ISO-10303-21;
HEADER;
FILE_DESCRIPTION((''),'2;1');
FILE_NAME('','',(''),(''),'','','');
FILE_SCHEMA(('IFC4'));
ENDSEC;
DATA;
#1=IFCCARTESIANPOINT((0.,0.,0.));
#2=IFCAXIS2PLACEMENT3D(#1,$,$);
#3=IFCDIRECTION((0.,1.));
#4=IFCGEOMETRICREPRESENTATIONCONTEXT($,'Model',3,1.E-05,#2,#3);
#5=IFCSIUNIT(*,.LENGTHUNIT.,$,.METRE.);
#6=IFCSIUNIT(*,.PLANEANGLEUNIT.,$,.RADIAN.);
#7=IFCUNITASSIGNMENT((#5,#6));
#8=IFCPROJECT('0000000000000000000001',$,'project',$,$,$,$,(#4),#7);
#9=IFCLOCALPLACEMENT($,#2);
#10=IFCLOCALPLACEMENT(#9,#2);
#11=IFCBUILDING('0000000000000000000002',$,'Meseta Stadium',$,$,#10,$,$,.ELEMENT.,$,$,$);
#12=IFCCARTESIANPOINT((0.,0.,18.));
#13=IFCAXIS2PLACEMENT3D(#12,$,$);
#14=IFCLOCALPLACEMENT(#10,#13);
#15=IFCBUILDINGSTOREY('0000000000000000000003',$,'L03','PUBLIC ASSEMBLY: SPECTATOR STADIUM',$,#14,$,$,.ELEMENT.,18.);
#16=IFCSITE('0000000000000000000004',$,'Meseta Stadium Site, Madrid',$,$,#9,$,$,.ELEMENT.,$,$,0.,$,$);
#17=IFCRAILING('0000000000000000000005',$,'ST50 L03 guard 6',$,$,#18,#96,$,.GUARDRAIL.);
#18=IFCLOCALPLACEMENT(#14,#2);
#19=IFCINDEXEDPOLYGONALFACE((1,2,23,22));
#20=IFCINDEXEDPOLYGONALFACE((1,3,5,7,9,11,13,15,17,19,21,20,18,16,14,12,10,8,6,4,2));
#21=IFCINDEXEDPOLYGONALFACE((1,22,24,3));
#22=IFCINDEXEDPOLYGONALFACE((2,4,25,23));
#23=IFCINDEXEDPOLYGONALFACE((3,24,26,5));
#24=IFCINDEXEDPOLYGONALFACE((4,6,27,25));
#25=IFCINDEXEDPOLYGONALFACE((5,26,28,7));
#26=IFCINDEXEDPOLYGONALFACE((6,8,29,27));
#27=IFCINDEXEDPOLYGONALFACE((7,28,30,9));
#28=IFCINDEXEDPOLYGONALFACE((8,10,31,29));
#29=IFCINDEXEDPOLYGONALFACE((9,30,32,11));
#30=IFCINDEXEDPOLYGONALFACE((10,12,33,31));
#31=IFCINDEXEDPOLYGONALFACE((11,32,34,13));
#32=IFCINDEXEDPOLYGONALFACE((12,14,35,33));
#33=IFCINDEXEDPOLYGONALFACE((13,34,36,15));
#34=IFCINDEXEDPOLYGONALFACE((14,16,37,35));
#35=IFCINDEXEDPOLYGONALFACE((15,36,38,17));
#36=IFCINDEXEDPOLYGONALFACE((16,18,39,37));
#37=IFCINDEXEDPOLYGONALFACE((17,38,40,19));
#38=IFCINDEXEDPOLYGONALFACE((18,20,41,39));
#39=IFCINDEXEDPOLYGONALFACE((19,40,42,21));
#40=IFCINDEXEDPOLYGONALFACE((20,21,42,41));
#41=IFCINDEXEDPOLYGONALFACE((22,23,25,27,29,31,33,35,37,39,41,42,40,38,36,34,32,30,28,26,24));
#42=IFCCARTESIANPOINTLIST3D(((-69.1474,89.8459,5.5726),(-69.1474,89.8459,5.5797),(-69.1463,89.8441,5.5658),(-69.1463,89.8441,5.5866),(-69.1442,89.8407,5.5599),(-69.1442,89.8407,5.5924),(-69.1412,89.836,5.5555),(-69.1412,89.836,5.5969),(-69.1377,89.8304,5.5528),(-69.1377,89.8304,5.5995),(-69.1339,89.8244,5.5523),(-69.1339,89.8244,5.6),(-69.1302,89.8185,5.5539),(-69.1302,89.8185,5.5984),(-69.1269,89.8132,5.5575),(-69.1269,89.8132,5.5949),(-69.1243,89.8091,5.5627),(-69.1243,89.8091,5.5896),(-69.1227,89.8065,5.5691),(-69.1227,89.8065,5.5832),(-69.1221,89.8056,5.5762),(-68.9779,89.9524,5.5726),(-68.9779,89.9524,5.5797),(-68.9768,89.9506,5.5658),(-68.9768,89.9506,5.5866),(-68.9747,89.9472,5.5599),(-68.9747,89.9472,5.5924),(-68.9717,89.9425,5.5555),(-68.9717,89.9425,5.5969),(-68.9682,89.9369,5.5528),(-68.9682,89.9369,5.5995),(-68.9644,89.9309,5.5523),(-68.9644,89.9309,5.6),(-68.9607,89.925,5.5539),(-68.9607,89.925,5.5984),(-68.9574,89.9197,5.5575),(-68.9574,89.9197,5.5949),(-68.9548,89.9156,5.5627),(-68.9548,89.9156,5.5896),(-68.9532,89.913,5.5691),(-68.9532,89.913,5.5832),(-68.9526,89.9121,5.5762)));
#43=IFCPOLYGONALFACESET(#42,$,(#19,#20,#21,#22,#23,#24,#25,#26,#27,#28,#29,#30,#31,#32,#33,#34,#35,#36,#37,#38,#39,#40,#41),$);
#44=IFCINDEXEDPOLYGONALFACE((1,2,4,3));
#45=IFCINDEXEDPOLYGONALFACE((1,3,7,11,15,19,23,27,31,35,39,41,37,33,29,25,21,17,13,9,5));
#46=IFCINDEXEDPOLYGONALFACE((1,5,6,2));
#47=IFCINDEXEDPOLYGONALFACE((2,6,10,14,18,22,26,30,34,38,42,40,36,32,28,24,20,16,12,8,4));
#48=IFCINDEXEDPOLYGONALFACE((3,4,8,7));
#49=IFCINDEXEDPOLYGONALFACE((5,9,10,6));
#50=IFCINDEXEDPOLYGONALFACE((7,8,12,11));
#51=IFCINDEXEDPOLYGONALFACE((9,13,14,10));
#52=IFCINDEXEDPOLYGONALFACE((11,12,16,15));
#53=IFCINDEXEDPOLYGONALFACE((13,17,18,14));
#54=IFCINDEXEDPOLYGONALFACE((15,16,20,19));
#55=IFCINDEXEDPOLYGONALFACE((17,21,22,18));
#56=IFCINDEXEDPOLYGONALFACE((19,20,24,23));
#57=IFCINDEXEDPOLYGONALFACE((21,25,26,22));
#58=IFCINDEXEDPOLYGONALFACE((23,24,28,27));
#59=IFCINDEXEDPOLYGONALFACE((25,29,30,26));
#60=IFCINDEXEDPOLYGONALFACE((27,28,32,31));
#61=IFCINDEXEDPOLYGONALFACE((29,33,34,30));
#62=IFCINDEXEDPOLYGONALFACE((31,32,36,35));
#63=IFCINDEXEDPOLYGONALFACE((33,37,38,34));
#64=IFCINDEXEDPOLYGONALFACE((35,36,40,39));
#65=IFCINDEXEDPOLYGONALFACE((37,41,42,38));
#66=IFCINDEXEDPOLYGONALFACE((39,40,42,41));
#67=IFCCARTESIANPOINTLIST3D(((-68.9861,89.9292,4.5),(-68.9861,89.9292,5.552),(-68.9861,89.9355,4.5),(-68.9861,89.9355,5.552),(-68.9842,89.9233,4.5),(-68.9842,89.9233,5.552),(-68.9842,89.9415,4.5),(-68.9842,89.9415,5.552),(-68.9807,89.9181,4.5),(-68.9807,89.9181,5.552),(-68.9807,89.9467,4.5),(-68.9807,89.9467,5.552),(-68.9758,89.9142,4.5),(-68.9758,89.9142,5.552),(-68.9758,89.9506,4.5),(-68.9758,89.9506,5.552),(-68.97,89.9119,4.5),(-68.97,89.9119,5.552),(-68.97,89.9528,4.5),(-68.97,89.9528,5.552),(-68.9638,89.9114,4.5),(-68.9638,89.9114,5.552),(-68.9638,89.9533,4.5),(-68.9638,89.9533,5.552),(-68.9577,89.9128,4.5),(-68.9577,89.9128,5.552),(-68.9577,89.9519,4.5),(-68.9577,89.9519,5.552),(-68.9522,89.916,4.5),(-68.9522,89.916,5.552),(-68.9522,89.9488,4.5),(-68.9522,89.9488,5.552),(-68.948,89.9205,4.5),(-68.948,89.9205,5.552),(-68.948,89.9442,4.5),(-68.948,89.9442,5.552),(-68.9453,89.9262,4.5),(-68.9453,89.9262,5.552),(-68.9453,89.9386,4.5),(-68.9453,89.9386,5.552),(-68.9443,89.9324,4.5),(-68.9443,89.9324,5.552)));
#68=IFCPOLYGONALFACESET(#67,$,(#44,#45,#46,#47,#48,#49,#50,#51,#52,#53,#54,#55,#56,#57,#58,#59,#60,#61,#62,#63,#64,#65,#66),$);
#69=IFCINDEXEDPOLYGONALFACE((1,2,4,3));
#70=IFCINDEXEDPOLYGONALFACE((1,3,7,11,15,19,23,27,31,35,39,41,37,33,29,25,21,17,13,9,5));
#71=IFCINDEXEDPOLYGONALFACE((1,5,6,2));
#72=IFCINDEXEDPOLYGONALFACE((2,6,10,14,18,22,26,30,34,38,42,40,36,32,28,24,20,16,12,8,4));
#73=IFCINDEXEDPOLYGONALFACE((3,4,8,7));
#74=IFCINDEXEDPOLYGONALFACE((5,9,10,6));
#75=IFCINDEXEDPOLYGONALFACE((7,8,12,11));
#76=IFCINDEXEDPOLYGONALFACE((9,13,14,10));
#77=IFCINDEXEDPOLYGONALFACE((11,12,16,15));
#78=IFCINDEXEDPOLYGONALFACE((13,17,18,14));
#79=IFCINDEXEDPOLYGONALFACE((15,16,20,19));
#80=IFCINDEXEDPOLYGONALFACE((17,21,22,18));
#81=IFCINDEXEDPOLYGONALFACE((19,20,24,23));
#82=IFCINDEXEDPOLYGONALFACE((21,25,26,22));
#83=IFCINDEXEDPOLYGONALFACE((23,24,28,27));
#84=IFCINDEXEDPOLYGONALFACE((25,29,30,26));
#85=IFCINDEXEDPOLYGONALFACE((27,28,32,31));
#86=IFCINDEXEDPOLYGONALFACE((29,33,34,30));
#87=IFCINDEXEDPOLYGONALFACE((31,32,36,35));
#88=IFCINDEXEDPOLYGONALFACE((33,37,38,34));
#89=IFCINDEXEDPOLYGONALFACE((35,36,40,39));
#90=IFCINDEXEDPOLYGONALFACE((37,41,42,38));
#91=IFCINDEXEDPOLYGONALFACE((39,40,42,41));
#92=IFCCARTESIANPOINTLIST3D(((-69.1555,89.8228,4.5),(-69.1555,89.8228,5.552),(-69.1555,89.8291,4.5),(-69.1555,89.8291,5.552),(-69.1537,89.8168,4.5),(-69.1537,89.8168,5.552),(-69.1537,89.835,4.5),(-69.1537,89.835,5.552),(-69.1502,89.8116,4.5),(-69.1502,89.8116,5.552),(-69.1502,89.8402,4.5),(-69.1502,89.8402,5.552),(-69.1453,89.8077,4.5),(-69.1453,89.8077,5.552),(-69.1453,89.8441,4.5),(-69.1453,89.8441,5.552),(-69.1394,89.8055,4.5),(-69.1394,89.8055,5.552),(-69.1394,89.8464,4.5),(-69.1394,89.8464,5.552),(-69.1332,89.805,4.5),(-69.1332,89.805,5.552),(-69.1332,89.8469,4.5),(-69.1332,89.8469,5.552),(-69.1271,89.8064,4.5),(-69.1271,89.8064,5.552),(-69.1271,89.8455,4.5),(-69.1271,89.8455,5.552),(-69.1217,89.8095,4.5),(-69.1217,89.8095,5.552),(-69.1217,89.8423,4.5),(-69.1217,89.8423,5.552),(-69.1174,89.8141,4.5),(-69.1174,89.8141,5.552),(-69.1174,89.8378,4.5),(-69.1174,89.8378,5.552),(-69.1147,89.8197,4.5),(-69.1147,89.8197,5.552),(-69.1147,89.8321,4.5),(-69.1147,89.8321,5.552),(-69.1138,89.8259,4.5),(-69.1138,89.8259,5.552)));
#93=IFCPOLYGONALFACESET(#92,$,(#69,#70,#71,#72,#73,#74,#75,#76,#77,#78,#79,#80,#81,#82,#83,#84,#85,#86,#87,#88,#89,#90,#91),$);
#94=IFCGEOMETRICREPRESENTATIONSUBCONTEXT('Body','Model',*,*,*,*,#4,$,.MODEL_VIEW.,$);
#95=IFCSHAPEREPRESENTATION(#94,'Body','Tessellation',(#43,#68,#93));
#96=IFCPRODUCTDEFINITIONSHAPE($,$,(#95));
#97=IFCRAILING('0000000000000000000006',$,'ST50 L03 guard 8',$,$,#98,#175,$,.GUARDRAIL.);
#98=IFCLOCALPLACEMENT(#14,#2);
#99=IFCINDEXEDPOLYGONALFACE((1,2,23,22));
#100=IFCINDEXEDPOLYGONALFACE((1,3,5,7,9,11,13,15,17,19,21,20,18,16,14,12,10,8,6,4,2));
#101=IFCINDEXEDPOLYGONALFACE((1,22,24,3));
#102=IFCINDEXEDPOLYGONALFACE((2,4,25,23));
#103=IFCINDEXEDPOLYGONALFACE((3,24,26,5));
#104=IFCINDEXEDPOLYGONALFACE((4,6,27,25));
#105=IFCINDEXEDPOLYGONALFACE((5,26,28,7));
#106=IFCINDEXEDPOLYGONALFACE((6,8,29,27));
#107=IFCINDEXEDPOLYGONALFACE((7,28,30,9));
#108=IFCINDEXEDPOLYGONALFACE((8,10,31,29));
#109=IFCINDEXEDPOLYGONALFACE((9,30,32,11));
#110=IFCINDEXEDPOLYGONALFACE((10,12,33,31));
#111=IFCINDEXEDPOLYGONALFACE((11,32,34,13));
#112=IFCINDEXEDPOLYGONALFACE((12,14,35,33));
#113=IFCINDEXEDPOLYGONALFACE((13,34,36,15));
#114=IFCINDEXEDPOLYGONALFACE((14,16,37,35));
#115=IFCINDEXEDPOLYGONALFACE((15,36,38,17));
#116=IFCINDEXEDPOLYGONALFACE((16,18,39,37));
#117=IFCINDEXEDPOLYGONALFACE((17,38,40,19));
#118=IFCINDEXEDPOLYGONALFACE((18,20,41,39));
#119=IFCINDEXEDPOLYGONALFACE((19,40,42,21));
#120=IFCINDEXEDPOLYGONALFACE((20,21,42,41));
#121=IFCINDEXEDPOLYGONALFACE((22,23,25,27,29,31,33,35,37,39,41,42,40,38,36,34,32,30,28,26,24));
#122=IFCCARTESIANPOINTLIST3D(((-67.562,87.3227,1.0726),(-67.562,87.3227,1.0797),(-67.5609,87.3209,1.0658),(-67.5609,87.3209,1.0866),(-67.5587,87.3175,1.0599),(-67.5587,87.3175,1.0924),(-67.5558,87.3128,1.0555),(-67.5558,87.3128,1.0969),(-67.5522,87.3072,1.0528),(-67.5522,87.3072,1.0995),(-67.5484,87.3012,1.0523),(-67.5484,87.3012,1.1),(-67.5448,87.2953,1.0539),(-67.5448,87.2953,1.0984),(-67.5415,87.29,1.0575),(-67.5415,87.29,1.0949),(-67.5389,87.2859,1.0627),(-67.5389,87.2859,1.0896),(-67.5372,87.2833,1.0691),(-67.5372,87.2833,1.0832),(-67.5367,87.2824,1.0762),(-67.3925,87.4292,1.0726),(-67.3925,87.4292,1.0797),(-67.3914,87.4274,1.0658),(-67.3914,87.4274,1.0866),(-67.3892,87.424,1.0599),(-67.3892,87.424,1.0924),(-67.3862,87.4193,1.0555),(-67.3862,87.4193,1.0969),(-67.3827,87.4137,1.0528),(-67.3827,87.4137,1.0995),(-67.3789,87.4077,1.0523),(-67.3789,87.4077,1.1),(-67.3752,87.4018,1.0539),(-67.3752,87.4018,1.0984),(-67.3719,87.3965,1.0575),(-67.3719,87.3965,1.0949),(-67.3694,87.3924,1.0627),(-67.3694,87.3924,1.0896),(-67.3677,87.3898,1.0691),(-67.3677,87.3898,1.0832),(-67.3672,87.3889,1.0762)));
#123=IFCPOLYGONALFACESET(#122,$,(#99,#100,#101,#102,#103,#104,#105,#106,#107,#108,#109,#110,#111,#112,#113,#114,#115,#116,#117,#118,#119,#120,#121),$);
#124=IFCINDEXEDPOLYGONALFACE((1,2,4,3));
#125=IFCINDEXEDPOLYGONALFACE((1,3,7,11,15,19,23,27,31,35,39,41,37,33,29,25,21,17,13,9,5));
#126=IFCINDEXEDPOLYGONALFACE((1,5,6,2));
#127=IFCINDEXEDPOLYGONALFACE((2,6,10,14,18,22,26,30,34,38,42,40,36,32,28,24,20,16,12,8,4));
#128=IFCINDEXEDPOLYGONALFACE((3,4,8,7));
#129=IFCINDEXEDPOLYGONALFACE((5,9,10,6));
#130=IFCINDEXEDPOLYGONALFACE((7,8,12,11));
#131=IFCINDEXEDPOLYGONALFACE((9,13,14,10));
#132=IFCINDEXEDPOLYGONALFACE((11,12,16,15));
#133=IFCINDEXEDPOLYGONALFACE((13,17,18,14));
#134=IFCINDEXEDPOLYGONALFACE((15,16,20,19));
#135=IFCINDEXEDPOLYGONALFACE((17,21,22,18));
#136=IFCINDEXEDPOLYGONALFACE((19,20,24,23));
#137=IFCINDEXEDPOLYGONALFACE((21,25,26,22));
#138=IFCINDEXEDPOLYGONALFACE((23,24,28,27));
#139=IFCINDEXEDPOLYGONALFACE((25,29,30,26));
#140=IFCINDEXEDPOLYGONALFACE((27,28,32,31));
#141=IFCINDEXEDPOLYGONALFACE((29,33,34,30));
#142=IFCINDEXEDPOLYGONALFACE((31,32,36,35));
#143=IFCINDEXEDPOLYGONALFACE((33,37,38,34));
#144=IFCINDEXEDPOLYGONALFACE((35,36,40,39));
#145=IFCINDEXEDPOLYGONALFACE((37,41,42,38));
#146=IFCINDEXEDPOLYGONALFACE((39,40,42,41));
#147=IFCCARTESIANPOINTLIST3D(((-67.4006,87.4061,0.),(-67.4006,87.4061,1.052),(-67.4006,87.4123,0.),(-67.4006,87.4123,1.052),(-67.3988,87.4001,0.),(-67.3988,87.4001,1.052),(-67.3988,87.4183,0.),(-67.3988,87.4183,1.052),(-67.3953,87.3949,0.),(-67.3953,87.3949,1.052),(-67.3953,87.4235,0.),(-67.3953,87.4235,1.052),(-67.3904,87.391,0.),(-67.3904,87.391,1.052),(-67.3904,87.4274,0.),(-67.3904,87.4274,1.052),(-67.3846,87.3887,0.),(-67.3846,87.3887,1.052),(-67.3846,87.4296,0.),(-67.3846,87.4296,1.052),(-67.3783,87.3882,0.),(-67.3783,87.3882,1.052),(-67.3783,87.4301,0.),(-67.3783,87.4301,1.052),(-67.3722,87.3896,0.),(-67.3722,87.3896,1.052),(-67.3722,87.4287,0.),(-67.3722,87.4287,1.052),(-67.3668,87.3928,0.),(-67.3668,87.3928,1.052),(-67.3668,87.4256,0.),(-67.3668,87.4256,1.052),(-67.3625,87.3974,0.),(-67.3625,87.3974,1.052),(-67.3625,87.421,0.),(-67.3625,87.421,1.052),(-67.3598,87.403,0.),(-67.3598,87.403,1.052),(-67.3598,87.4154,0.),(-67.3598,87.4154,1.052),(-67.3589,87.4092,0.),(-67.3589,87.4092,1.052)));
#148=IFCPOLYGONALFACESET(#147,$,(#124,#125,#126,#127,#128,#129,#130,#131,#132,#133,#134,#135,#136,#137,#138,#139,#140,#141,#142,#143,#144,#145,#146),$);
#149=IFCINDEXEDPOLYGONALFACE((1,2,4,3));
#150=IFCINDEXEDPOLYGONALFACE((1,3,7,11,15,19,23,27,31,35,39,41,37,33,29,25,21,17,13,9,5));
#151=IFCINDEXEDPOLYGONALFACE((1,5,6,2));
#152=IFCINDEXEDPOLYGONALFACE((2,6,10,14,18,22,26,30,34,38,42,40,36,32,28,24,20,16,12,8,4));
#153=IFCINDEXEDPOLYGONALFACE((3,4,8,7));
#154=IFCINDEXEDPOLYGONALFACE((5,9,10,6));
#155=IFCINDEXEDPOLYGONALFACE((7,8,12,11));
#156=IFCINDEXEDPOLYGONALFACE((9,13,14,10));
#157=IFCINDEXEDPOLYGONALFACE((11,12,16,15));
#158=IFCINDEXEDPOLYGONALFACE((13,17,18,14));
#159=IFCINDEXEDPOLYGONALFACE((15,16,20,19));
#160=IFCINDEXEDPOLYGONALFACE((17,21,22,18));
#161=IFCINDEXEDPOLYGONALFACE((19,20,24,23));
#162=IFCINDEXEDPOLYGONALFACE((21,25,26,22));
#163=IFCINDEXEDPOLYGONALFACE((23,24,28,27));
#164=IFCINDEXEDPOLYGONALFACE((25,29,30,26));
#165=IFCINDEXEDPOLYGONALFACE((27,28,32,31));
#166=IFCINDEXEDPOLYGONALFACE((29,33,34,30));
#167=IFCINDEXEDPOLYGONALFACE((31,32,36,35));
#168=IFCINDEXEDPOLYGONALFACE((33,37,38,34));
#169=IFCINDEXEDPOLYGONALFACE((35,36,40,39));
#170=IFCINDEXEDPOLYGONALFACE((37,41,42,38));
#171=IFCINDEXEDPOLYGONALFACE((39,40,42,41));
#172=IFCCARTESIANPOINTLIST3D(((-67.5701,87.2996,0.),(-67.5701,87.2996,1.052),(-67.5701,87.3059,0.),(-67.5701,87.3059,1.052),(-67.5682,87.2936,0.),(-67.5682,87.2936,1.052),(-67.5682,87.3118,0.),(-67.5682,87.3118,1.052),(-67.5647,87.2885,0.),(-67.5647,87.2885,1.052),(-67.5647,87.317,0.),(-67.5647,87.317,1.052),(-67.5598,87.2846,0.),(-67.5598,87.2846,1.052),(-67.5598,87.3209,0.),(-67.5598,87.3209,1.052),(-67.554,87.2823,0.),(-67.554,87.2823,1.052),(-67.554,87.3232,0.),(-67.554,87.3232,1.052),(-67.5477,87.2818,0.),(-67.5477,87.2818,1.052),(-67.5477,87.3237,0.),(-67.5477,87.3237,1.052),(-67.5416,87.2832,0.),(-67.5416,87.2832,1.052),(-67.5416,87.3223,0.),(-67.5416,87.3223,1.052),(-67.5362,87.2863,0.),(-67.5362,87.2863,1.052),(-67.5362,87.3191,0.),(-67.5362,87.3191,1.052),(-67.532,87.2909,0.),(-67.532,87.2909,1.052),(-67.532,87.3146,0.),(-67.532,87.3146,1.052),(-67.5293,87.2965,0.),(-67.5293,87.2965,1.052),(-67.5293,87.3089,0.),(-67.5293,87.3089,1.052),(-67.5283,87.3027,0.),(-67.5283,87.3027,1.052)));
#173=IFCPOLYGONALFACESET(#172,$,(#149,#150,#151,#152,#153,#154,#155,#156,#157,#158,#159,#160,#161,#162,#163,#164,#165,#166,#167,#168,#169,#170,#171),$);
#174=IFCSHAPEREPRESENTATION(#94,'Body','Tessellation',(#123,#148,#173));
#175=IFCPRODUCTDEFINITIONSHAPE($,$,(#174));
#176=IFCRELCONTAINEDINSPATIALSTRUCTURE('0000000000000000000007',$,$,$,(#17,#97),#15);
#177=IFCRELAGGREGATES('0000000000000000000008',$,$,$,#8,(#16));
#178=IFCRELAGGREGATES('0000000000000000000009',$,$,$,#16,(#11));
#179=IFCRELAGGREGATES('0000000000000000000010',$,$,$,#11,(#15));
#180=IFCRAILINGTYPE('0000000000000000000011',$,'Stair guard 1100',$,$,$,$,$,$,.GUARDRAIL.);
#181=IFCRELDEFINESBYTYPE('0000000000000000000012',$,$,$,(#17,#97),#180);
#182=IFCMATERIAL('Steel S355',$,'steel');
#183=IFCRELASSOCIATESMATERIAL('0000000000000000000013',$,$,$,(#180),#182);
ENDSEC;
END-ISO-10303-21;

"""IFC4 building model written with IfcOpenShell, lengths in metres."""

from ifc_helpers import new_model, si_unit, direction, frame, origin, origin_2d, place, context, subcontext, project, spatial, circle, extrude, material, type_object, element, save


model = new_model("IFC4")

# Units and contexts
model_context = context("Model", 3, precision=1e-05, world=origin(), true_north=direction((0.0, 1.0)))
body_context = subcontext(model_context, "Body", "Model", "MODEL_VIEW")
ifc_project = project(units=[si_unit("LENGTHUNIT", "METRE"), si_unit("PLANEANGLEUNIT", "RADIAN")], contexts=[model_context])

# Site, building, storey
site_placement = place(None, origin())
site = spatial("IfcSite", under=ifc_project, at=site_placement, Name="Meseta Stadium Site, Madrid", CompositionType="ELEMENT", RefElevation=0.0)
building_placement = place(site_placement, origin())
building = spatial("IfcBuilding", under=site, at=building_placement, Name="Meseta Stadium", CompositionType="ELEMENT")
storey_placement = place(building_placement, frame((0.0, 0.0, 18.0)))
storey = spatial("IfcBuildingStorey", under=building, at=storey_placement, Name="L03", Description="PUBLIC ASSEMBLY: SPECTATOR STADIUM", CompositionType="ELEMENT", Elevation=18.0)

# Railings
ifc_material_1 = material(Name="Steel S355", Category="steel")
railing_type_1 = type_object("IfcRailingType", Name="Stair guard 1100", PredefinedType="GUARDRAIL", material=ifc_material_1)
for number, where, name in (
    (1, (-68.9653, 89.9324, 4.5), "ST50 L03 guard 6"),
    (2, (-67.3799, 87.4092, 0.0), "ST50 L03 guard 8"),
):
    element("IfcRailing", number, at=place(storey_placement, frame(where)), inside=storey, type_object=railing_type_1, Name=name, PredefinedType="GUARDRAIL", context=body_context, shape_type="SweptSolid", body=[
        extrude(circle(Radius=0.0239, at=origin_2d()), frame((0.0, 0.0, 1.0762), z_axis=(-0.846762, -0.531972, 0.0), x_axis=(0.531972, -0.846762, 0.0)), (0.0, 0.0, 1.0), 0.2002),
        extrude(circle(Radius=0.021, at=origin_2d()), origin(), (0.0, 0.0, 1.0), 1.052),
        extrude(circle(Radius=0.021, at=origin_2d()), frame((-0.1694, -0.1064, 0.0)), (0.0, 0.0, 1.0), 1.052),
    ])

save(model, "model.ifc")
